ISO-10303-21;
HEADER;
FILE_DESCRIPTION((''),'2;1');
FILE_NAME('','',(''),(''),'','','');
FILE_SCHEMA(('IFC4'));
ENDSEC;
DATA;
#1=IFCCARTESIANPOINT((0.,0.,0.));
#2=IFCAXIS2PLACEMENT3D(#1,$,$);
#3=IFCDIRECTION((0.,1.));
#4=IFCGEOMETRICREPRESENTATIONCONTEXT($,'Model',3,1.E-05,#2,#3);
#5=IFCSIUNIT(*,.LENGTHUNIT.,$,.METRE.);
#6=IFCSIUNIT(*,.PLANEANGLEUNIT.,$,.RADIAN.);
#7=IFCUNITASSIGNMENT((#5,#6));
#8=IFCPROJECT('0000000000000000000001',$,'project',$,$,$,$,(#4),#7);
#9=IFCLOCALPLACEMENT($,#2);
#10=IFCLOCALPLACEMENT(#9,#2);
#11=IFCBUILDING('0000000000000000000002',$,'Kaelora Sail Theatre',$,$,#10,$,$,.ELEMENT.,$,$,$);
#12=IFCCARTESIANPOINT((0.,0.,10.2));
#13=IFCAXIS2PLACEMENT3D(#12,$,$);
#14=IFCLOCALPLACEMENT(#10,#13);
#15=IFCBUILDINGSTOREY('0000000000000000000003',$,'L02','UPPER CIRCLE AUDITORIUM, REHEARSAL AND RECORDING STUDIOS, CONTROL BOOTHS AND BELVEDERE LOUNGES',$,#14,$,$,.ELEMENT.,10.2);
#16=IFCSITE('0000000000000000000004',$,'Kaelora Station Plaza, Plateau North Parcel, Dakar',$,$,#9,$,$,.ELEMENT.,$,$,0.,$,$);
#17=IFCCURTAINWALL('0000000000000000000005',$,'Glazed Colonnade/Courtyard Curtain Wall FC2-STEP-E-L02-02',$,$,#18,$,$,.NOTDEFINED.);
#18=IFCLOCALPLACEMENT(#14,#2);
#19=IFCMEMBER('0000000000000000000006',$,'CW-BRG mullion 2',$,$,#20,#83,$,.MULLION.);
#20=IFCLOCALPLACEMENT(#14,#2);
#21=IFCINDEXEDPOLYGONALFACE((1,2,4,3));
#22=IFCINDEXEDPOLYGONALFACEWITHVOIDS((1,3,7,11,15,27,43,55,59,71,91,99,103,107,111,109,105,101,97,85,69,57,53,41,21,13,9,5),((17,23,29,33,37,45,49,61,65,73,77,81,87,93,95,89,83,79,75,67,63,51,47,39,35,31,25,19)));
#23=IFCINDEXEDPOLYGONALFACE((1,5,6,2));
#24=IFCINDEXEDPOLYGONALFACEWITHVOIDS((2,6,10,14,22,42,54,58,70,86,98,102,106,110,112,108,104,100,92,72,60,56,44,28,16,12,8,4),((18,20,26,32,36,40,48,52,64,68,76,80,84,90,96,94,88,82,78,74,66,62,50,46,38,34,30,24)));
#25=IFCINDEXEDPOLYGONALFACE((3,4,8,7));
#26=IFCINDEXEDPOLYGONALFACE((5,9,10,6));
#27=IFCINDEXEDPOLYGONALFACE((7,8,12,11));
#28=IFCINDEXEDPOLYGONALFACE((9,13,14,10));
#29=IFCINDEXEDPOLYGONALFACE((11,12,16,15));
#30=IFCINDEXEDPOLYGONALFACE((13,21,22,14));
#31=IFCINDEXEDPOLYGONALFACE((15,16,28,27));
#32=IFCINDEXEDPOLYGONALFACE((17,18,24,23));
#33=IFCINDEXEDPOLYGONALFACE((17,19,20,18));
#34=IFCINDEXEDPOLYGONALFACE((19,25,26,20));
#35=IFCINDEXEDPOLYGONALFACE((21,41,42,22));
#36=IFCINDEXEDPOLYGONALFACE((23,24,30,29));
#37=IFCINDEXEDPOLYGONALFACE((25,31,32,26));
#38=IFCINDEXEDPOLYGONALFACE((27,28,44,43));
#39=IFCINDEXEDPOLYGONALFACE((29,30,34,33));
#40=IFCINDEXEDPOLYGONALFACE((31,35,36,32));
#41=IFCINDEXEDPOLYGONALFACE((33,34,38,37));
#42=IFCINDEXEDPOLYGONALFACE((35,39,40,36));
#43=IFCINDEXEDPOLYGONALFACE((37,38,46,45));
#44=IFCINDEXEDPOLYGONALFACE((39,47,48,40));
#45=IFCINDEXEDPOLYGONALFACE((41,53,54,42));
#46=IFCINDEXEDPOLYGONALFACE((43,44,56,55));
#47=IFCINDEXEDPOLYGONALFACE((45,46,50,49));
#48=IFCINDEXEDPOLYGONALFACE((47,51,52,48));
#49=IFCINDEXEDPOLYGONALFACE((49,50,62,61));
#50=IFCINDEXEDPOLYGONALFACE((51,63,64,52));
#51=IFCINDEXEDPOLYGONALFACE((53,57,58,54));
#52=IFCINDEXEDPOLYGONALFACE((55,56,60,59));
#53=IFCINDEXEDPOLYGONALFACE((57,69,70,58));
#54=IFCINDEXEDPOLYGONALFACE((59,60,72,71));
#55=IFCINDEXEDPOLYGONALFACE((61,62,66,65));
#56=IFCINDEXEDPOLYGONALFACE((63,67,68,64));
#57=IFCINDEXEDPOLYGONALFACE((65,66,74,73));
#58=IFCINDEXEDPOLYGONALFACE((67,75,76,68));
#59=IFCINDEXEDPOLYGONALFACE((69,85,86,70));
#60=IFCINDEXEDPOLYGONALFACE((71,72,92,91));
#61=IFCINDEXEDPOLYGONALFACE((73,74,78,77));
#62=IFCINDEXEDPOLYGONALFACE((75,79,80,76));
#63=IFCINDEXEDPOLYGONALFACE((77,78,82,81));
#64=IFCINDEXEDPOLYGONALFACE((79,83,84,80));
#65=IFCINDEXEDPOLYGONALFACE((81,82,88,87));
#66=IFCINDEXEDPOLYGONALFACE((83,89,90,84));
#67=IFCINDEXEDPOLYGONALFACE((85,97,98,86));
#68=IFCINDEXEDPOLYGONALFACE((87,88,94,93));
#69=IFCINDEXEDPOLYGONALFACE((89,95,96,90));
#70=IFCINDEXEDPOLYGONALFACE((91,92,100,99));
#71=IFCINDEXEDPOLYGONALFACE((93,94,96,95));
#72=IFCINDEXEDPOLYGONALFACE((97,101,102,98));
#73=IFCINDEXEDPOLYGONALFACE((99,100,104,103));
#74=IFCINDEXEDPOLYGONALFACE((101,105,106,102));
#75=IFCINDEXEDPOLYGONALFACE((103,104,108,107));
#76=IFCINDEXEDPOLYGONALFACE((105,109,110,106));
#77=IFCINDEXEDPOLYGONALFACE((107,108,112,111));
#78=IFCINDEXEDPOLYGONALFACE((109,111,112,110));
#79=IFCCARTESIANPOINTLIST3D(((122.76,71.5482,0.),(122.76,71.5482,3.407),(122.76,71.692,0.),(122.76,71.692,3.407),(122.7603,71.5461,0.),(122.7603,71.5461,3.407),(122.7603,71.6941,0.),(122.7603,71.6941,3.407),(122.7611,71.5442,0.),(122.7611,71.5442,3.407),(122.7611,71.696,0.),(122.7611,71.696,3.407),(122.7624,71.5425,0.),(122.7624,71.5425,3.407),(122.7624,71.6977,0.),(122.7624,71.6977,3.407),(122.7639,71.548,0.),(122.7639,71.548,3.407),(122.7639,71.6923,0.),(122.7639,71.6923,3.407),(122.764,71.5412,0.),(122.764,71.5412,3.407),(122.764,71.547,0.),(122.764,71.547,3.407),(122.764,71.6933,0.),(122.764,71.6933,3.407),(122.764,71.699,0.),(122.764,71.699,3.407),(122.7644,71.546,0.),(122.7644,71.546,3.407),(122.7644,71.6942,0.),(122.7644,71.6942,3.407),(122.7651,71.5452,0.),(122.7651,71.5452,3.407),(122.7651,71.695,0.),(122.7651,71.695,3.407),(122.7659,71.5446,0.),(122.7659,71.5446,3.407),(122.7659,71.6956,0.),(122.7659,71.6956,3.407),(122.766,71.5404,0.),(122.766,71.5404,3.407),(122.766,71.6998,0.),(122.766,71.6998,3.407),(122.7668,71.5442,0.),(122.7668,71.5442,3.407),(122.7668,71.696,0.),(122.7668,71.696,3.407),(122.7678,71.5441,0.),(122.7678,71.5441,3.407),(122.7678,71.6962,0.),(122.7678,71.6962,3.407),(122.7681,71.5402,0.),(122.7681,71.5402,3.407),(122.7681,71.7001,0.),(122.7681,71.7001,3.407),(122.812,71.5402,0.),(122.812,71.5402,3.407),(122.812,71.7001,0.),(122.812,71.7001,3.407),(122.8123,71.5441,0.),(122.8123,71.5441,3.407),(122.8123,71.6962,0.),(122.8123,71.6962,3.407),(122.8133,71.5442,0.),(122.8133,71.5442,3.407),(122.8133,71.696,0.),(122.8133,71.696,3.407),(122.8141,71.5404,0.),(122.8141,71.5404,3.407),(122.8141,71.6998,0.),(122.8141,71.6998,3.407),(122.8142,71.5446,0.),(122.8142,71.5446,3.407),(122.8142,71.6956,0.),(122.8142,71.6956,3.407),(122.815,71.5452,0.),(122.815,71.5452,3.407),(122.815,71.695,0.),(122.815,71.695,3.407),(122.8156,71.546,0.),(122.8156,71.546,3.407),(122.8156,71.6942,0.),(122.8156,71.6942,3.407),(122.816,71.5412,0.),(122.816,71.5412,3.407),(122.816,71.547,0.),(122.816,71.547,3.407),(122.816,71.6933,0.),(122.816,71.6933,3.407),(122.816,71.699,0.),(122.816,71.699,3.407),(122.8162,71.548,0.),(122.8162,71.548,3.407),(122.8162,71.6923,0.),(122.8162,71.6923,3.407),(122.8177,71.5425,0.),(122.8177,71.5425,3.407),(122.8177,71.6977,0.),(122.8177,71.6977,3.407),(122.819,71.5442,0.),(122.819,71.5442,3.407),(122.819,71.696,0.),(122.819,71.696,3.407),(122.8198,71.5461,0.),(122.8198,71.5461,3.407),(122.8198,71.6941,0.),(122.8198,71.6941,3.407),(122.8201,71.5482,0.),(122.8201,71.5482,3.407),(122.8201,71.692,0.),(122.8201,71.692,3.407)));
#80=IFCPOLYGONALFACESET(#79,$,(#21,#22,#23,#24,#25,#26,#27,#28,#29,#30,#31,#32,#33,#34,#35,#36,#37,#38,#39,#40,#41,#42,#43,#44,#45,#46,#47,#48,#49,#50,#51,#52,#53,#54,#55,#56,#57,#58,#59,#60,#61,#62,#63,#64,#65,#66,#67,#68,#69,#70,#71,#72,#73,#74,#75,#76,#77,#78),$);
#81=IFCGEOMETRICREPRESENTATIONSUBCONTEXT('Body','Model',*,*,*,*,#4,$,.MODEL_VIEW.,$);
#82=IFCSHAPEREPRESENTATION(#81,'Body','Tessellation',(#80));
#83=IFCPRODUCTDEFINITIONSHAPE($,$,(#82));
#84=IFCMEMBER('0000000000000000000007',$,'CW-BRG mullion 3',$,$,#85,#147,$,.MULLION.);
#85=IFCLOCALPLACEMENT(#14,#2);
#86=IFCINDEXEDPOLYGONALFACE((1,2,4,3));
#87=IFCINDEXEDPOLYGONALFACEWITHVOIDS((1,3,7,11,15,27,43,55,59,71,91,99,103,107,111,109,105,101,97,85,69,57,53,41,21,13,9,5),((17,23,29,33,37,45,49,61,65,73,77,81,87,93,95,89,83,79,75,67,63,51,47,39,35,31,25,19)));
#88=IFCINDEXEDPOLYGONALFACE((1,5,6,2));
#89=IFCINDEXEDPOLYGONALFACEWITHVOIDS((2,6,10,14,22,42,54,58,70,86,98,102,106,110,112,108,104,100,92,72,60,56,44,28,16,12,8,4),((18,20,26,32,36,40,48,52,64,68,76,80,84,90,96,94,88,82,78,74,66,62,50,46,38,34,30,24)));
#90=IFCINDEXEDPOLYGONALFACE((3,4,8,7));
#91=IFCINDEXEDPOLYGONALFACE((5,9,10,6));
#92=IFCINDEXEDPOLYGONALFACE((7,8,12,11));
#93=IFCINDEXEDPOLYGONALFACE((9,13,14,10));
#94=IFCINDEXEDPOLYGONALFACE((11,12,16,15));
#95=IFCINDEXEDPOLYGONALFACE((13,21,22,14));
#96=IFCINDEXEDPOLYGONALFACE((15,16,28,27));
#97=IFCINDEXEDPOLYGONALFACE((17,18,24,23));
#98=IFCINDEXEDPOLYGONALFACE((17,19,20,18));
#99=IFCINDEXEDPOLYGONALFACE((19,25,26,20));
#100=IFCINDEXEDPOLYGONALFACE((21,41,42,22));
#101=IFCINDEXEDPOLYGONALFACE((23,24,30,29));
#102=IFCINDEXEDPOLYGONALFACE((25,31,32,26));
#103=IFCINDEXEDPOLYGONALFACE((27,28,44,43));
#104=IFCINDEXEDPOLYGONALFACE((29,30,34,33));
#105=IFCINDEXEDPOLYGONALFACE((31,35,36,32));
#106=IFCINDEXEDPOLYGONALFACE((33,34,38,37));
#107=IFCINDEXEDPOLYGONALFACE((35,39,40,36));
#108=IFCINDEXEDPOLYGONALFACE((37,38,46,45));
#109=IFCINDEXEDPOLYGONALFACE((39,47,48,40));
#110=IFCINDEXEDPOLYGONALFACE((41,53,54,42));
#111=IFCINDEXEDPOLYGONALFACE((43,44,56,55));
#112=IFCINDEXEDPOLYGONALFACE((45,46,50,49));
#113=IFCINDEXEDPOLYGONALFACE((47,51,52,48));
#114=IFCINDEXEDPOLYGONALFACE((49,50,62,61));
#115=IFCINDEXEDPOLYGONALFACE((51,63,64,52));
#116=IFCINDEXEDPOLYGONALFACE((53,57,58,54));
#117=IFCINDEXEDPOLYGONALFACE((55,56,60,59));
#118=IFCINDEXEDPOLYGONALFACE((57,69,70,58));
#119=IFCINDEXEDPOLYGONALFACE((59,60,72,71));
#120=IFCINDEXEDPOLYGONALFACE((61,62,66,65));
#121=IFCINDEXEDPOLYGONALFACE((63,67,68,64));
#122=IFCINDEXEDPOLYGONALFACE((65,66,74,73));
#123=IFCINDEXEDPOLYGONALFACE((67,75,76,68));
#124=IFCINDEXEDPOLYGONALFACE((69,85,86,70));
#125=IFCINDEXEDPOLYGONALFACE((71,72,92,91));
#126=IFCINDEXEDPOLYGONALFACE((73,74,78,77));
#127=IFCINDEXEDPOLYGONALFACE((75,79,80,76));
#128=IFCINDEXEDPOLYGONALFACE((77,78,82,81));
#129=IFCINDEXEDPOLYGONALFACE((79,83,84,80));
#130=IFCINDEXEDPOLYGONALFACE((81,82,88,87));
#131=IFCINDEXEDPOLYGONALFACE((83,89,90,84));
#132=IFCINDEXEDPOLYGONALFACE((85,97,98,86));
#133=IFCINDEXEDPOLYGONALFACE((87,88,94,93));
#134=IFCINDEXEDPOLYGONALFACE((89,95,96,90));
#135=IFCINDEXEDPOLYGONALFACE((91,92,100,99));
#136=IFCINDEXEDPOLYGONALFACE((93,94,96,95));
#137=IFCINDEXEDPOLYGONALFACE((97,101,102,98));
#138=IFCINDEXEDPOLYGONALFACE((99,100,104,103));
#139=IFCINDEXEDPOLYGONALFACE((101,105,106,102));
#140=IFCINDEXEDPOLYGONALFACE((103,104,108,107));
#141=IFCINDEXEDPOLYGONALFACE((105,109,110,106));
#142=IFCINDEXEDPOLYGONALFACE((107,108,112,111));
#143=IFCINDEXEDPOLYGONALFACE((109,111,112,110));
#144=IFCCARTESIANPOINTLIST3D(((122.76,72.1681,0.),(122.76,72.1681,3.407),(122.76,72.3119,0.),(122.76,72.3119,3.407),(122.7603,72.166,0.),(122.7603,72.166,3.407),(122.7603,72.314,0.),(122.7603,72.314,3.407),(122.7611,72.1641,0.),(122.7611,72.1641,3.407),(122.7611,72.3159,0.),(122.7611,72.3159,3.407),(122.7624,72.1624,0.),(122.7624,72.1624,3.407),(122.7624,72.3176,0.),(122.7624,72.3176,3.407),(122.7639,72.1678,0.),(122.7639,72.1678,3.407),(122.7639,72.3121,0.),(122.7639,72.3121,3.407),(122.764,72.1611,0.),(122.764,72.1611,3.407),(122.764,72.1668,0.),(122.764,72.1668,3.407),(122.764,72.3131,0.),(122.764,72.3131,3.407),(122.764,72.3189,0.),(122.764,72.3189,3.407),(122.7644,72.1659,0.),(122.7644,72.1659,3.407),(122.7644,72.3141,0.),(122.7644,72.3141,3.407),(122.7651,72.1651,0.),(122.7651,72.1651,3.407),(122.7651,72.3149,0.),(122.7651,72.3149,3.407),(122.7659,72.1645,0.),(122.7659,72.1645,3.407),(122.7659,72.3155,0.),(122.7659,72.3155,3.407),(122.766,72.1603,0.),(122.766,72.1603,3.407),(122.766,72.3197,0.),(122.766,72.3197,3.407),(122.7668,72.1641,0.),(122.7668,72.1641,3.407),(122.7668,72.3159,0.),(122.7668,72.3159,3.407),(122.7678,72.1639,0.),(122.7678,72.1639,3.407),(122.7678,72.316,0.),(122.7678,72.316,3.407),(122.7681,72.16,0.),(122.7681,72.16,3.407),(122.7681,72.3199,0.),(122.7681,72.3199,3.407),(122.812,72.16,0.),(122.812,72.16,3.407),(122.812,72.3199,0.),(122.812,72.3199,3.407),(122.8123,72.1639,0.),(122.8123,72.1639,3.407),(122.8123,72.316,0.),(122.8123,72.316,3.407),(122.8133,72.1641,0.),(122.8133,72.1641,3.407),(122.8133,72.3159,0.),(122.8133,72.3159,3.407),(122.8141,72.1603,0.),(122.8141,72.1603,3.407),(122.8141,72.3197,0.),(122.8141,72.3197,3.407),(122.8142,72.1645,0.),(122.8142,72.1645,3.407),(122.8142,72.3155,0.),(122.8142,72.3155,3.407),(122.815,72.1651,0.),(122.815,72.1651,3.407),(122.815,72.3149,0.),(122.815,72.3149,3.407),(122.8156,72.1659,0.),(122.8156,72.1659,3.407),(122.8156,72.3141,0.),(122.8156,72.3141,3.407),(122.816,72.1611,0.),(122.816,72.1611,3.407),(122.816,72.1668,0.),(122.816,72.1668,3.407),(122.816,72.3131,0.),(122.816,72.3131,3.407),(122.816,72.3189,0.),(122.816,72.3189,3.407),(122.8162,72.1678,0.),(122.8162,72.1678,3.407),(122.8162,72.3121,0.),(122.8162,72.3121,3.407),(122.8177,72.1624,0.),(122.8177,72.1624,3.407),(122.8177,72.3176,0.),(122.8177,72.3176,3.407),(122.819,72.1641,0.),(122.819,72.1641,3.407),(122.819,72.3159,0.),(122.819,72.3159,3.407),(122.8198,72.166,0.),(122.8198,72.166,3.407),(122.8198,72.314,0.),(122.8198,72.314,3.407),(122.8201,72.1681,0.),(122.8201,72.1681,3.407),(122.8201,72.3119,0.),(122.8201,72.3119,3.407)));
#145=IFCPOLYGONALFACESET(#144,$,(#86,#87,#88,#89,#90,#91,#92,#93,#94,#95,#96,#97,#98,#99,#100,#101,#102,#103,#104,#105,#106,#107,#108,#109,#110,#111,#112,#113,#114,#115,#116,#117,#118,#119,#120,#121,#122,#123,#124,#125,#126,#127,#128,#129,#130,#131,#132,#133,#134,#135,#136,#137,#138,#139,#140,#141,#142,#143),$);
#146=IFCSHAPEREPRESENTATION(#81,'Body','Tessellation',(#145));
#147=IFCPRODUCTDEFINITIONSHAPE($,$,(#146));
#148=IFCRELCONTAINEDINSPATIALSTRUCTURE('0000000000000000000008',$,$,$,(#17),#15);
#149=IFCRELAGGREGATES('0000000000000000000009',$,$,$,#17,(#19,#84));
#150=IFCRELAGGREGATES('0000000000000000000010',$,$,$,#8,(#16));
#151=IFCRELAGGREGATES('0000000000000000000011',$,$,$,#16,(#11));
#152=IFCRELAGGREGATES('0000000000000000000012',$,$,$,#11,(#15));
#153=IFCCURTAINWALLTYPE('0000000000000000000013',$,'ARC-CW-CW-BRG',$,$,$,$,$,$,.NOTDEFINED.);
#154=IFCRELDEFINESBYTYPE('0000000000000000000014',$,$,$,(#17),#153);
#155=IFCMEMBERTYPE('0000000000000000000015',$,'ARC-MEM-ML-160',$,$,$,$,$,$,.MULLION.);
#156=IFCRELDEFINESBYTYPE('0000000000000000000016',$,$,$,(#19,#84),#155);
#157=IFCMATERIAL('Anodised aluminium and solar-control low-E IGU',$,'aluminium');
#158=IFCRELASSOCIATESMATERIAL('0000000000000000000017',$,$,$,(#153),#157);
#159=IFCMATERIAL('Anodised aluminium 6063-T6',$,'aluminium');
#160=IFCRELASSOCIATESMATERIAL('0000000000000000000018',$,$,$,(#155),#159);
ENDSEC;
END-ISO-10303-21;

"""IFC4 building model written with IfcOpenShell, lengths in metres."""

from ifc_helpers import new_model, si_unit, direction, frame, origin, origin_2d, place, context, subcontext, project, spatial, hollow_rectangle, extrude, material, material_profile, profile_set, type_object, element, aggregate, save


model = new_model("IFC4")

# Units and contexts
model_context = context("Model", 3, precision=1e-05, world=origin(), true_north=direction((0.0, 1.0)))
body_context = subcontext(model_context, "Body", "Model", "MODEL_VIEW")
ifc_project = project(units=[si_unit("LENGTHUNIT", "METRE"), si_unit("PLANEANGLEUNIT", "RADIAN")], contexts=[model_context])

# Site, building, storey
site_placement = place(None, origin())
site = spatial("IfcSite", under=ifc_project, at=site_placement, Name="Kaelora Station Plaza, Plateau North Parcel, Dakar", CompositionType="ELEMENT", RefElevation=0.0)
building_placement = place(site_placement, origin())
building = spatial("IfcBuilding", under=site, at=building_placement, Name="Kaelora Sail Theatre", CompositionType="ELEMENT")
storey_placement = place(building_placement, frame((0.0, 0.0, 10.2)))
storey = spatial("IfcBuildingStorey", under=building, at=storey_placement, Name="L02", Description="UPPER CIRCLE AUDITORIUM, REHEARSAL AND RECORDING STUDIOS, CONTROL BOOTHS AND BELVEDERE LOUNGES", CompositionType="ELEMENT", Elevation=10.2)

# Curtain wall, members
ifc_material_1 = material(Name="Anodised aluminium and solar-control low-E IGU", Category="aluminium")
curtain_wall_type = type_object("IfcCurtainWallType", Name="ARC-CW-CW-BRG", PredefinedType="NOTDEFINED", material=ifc_material_1)
curtain_wall_placement = place(storey_placement, origin())
curtain_wall = element("IfcCurtainWall", 1, at=curtain_wall_placement, inside=storey, type_object=curtain_wall_type, Name="Glazed Colonnade/Courtyard Curtain Wall FC2-STEP-E-L02-02", PredefinedType="NOTDEFINED")
ifc_material_2 = material(Name="Anodised aluminium 6063-T6", Category="aluminium")
ifc_material_profile_1 = material_profile(ifc_material_2, hollow_rectangle(XDim=0.0601, YDim=0.1599, WallThickness=0.0039, InnerFilletRadius=0.0039, OuterFilletRadius=0.0081, at=origin_2d()), Name="ALU-MULL 60x160x4")
ifc_profile_set_1 = profile_set([ifc_material_profile_1], Name="Anodised aluminium 6063-T6")
member_type_1 = type_object("IfcMemberType", Name="ARC-MEM-ML-160", PredefinedType="MULLION", material=ifc_profile_set_1)
member_1_placement = place(storey_placement, frame((122.79, 71.6201, 0.0), z_axis=(0.0, 0.0, 1.0), x_axis=(-1.0, 0.0, 0.0)))
member_1 = element("IfcMember", 2, at=member_1_placement, type_object=member_type_1, Name="CW-BRG mullion 2", PredefinedType="MULLION", context=body_context, shape_type="SweptSolid", body=[
    extrude(hollow_rectangle(XDim=0.0601, YDim=0.1599, WallThickness=0.0039, InnerFilletRadius=0.0039, OuterFilletRadius=0.0081, at=origin_2d()), origin(), (0.0, 0.0, 1.0), 3.407),
])
member_2_placement = place(storey_placement, frame((122.79, 72.24, 0.0), z_axis=(0.0, 0.0, 1.0), x_axis=(-1.0, 0.0, 0.0)))
member_2 = element("IfcMember", 3, at=member_2_placement, type_object=member_type_1, Name="CW-BRG mullion 3", PredefinedType="MULLION", context=body_context, shape_type="SweptSolid", body=[
    extrude(hollow_rectangle(XDim=0.0601, YDim=0.1599, WallThickness=0.0039, InnerFilletRadius=0.0039, OuterFilletRadius=0.0081, at=origin_2d()), origin(), (0.0, 0.0, 1.0), 3.407),
])
aggregate(curtain_wall, [member_1, member_2])

save(model, "model.ifc")
